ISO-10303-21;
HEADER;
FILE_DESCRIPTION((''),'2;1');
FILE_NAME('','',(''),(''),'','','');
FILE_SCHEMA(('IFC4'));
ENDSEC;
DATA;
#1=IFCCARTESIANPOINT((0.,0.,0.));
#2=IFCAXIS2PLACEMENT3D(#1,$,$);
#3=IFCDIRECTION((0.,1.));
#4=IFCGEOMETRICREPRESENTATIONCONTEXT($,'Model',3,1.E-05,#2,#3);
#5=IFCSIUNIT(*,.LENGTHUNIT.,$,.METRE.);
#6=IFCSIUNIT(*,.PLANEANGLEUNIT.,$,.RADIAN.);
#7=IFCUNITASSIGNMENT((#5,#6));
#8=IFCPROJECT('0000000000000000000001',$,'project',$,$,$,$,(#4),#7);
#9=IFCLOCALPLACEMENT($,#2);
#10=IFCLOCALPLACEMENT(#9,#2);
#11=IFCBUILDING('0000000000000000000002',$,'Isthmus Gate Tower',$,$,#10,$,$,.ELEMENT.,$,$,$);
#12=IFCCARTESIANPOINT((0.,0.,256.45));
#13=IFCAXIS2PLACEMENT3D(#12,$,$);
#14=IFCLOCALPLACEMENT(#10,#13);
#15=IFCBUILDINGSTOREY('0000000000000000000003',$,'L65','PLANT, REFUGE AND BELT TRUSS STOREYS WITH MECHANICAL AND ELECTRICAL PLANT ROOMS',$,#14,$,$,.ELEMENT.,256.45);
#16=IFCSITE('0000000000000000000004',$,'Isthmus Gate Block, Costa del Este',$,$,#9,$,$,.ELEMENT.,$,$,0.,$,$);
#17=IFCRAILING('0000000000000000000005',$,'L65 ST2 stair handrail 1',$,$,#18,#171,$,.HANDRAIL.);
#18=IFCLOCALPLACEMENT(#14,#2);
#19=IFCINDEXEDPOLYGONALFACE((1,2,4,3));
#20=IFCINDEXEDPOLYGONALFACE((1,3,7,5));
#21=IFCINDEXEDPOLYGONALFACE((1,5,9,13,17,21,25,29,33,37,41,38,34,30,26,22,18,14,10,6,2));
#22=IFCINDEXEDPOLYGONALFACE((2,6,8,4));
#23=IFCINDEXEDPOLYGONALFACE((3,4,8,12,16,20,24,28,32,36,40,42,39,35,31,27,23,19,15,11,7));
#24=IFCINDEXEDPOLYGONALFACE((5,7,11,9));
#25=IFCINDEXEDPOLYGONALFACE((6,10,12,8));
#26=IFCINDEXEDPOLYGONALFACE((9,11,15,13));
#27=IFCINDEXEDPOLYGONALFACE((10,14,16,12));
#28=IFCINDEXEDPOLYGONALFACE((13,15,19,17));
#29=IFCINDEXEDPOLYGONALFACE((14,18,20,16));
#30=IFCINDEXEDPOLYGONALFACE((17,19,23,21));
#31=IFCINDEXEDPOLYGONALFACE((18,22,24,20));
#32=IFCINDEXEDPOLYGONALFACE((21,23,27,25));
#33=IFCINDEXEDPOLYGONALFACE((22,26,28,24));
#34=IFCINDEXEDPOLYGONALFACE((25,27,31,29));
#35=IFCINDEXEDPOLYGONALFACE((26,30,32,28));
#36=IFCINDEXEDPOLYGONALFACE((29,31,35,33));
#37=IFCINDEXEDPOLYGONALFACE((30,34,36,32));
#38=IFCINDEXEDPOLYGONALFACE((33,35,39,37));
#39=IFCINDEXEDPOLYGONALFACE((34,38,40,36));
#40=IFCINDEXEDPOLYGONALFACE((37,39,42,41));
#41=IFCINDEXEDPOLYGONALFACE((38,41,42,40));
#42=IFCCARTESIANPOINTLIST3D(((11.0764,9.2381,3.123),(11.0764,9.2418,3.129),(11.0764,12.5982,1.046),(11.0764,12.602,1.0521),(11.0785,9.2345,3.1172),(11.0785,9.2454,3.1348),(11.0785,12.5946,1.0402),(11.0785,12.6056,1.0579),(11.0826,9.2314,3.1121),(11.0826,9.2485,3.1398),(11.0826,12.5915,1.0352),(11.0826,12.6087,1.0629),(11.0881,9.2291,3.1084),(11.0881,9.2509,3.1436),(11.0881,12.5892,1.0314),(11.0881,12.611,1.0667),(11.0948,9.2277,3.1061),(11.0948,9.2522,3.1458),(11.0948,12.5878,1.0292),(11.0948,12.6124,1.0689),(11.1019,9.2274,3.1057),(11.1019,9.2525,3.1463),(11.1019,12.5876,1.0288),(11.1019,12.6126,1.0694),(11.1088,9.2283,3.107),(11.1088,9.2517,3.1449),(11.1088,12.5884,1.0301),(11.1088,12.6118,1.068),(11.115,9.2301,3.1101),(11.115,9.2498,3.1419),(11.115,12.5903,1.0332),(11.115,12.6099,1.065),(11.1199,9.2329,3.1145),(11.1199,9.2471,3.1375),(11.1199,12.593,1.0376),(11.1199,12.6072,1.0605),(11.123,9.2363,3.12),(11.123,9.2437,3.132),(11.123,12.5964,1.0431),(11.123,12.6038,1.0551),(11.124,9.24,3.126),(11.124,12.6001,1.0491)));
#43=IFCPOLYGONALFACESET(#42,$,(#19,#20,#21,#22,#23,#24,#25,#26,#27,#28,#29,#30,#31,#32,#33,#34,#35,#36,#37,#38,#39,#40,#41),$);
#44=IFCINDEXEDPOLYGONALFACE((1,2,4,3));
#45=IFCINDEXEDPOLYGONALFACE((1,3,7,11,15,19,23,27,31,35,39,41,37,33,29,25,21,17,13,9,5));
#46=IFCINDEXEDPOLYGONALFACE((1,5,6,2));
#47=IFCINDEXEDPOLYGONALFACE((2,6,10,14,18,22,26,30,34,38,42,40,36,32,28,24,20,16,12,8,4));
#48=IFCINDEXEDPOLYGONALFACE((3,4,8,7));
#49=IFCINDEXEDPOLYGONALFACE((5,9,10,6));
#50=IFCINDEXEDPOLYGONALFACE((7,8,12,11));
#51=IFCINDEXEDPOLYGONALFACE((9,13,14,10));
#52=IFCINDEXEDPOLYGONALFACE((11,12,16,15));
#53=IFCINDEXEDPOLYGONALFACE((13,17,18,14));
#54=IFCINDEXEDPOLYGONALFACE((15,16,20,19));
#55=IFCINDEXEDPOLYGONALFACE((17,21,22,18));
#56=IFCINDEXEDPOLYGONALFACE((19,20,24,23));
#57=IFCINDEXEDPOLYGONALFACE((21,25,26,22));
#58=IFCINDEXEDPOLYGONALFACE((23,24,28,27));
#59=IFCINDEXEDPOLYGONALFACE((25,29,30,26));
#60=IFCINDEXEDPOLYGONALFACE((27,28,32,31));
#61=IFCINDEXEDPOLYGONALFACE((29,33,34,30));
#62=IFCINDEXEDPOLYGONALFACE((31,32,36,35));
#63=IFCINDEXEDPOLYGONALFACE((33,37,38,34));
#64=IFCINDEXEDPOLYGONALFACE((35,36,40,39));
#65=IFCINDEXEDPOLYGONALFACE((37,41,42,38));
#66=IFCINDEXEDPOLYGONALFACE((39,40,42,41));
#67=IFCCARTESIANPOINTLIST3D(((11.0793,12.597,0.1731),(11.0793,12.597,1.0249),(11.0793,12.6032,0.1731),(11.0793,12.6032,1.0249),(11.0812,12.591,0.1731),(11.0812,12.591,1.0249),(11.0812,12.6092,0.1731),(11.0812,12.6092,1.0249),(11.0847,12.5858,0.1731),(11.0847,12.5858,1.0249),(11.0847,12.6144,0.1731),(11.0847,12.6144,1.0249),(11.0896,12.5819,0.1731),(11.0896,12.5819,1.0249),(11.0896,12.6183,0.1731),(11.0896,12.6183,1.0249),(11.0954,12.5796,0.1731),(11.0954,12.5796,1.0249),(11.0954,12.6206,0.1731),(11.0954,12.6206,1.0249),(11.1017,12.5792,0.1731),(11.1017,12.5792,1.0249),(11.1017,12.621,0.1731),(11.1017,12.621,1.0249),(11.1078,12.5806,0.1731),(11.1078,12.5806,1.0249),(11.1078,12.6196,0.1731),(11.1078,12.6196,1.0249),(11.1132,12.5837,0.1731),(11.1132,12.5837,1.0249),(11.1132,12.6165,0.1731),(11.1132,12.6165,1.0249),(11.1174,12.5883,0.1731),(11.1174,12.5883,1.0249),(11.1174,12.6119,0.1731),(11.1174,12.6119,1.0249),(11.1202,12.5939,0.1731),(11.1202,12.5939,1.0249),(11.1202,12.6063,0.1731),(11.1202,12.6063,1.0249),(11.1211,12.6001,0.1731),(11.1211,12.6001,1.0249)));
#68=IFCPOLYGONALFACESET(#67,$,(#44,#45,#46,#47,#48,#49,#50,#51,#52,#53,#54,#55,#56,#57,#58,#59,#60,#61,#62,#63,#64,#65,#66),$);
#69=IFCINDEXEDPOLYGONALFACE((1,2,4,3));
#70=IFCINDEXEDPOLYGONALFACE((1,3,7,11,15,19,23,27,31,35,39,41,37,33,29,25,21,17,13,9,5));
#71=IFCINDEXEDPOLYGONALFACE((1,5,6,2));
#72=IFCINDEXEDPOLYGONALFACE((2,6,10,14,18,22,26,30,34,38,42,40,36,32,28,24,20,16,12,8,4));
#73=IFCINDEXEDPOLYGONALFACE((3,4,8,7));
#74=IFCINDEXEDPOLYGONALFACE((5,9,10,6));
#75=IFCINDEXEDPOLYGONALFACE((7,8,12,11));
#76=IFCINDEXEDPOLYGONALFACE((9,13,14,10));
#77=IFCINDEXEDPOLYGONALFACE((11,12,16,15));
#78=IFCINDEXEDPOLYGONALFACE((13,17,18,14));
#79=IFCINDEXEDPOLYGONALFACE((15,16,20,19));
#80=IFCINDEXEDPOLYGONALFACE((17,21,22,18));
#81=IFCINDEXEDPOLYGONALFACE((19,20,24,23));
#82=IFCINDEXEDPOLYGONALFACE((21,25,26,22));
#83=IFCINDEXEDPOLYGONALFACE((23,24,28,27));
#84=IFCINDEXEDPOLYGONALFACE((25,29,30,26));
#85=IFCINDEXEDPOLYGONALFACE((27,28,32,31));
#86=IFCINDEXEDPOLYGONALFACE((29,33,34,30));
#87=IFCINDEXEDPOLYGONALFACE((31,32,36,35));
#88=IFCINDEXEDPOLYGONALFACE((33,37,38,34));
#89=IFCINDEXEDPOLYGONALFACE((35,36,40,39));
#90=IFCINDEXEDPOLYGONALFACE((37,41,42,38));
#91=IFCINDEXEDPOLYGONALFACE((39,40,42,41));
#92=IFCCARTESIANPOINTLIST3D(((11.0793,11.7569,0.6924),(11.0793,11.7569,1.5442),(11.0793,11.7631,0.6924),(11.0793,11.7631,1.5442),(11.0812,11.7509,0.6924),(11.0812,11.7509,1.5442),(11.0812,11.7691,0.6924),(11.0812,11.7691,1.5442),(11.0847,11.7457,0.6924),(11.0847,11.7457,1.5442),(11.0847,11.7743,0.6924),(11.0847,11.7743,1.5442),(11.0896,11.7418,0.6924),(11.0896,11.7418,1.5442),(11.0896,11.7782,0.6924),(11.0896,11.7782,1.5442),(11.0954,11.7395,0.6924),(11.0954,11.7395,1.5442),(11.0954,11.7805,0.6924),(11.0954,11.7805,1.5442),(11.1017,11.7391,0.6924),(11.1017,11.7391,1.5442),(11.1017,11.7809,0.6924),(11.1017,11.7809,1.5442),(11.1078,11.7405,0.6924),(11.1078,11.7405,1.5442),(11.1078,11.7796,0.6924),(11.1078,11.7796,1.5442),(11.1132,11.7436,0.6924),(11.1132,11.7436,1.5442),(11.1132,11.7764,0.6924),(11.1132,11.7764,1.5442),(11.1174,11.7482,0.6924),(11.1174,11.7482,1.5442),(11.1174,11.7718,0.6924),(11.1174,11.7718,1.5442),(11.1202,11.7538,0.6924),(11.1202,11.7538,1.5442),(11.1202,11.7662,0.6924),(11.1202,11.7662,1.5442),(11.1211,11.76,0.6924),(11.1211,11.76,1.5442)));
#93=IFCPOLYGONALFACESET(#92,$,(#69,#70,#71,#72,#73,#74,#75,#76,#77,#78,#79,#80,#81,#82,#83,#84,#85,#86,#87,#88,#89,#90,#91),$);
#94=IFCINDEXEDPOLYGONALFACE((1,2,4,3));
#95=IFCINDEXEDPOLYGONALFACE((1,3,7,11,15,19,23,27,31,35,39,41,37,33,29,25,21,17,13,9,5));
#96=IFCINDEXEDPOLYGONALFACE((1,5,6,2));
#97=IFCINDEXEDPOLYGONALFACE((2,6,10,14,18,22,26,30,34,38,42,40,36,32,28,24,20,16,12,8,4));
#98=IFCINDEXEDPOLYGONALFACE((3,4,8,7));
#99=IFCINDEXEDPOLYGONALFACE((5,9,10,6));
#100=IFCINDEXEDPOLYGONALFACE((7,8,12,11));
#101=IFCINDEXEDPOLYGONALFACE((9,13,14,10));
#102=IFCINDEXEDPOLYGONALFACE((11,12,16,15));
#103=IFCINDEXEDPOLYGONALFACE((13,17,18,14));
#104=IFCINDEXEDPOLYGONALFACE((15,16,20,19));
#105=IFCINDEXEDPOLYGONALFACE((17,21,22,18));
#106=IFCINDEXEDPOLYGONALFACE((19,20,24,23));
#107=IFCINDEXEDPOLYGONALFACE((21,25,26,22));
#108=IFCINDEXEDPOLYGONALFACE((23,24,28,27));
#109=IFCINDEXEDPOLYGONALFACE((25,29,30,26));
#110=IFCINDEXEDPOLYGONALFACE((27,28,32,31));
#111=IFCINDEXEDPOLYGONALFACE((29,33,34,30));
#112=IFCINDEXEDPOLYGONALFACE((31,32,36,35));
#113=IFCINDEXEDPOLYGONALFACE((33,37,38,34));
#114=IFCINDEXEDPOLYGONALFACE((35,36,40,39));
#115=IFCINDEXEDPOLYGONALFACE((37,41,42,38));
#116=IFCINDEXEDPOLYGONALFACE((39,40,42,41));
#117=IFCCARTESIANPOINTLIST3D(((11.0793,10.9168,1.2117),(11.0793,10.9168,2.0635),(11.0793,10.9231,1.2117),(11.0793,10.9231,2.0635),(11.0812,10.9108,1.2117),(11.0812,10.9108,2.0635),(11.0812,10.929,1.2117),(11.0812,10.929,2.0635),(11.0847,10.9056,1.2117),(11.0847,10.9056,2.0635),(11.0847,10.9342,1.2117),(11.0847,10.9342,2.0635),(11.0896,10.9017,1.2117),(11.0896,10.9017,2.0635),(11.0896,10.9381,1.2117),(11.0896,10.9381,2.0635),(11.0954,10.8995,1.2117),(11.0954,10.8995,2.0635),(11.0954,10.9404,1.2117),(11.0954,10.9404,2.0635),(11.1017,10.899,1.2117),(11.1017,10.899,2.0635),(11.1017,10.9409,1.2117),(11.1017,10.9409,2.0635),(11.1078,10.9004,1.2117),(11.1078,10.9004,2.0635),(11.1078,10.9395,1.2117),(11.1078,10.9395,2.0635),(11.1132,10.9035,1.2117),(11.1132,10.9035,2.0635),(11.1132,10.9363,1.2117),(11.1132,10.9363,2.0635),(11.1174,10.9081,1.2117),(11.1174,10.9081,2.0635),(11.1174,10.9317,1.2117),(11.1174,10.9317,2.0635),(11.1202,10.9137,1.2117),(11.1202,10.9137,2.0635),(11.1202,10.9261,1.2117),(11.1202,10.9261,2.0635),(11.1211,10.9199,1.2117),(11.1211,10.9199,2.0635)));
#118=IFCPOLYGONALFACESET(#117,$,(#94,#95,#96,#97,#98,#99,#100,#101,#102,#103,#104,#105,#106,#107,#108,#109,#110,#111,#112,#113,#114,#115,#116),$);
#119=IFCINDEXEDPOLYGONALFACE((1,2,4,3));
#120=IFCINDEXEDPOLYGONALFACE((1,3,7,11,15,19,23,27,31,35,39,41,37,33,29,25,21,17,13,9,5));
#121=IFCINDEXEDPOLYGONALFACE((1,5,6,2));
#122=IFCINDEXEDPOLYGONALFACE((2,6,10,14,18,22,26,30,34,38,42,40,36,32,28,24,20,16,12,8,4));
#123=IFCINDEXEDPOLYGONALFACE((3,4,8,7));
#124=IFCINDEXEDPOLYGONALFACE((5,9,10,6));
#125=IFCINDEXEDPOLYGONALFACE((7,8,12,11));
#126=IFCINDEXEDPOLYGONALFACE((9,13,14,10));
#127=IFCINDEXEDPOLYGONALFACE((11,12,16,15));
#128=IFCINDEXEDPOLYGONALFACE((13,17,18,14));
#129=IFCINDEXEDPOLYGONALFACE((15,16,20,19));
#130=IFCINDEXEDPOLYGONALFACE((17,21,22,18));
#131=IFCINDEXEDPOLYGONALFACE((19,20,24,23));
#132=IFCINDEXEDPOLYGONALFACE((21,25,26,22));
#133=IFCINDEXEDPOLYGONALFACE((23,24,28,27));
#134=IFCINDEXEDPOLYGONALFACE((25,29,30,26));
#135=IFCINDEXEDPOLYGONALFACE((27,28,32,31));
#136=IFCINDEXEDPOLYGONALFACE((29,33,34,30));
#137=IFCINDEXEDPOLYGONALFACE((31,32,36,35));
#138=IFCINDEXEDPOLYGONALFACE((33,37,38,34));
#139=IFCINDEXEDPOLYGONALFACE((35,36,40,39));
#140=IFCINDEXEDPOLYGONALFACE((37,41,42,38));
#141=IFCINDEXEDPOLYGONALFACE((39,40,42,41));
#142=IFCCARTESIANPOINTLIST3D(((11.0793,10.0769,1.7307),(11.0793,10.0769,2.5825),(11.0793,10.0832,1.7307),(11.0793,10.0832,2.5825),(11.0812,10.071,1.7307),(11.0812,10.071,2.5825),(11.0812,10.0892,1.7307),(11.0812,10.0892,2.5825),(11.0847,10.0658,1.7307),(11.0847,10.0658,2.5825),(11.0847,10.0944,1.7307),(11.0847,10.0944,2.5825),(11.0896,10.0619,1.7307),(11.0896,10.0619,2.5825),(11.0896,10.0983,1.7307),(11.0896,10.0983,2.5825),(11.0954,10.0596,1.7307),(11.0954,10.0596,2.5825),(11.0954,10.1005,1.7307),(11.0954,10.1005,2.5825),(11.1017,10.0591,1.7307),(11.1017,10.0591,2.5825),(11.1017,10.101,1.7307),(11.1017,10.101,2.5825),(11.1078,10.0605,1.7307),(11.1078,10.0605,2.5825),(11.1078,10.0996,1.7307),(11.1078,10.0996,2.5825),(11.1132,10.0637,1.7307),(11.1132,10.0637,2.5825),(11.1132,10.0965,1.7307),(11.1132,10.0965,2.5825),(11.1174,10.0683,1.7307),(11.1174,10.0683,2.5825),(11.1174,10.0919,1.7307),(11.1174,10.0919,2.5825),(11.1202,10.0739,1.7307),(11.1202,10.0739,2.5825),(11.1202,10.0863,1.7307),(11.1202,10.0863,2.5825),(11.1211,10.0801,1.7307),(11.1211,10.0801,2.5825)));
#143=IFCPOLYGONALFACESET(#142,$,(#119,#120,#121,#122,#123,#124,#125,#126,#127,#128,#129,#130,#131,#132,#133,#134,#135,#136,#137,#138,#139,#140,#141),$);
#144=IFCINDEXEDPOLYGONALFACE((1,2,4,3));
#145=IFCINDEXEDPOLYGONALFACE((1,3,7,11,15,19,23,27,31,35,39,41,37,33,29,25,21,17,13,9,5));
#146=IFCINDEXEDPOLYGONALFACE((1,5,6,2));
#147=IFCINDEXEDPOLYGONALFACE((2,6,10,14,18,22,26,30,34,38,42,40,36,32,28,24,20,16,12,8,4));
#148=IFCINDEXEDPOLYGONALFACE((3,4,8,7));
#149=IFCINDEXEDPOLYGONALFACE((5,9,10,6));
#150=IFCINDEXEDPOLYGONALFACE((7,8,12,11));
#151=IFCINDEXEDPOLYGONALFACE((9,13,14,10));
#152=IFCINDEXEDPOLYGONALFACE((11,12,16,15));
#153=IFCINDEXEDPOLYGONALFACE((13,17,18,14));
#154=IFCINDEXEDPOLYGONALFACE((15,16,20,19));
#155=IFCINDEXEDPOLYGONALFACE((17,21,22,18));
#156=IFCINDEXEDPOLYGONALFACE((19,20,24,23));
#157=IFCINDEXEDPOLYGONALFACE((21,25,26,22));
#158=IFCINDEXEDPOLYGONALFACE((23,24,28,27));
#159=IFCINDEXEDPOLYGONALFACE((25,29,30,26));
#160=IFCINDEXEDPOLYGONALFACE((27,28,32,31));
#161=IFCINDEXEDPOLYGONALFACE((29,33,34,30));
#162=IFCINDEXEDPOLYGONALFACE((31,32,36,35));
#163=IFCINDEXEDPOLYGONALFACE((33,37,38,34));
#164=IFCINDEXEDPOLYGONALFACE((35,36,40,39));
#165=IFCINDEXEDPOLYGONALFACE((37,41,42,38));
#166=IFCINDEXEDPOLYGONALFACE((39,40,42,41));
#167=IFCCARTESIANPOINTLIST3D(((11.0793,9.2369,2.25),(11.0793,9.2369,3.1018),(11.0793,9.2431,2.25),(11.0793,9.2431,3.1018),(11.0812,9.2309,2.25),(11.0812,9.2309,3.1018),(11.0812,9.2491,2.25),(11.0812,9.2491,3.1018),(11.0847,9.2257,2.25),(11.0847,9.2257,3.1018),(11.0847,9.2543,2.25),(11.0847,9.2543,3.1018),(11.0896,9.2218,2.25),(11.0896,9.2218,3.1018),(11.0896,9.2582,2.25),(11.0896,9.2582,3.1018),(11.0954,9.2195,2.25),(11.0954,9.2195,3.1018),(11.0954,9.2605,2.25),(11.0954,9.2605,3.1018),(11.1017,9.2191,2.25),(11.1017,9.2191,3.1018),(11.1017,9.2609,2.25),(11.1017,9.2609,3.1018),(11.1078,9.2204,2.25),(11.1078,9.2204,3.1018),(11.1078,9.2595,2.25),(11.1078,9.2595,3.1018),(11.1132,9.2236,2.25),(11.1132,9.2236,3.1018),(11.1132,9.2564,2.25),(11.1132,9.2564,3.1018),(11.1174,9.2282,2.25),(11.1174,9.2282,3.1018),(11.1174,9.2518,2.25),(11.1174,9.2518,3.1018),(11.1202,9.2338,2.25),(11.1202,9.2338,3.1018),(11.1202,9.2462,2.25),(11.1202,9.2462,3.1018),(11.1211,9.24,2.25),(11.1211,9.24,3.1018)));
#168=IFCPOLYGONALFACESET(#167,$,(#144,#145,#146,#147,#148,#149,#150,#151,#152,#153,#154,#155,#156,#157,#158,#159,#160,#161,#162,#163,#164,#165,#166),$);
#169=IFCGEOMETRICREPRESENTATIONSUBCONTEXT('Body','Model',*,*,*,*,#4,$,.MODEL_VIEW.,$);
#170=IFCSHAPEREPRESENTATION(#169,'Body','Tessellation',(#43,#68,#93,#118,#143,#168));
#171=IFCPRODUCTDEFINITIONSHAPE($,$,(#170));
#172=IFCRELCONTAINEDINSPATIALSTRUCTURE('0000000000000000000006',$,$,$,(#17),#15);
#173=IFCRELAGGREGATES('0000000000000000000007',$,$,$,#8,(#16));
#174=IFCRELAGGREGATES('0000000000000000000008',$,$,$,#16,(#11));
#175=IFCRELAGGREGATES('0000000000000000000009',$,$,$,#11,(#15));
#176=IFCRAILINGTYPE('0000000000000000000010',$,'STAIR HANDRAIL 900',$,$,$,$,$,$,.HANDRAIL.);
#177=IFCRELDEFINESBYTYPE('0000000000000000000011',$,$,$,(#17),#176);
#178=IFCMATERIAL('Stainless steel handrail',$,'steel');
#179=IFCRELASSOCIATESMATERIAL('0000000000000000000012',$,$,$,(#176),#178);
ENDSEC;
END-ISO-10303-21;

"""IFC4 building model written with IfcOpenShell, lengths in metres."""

from ifc_helpers import new_model, si_unit, direction, frame, origin, origin_2d, place, context, subcontext, project, spatial, circle, extrude, material, type_object, element, save


model = new_model("IFC4")

# Units and contexts
model_context = context("Model", 3, precision=1e-05, world=origin(), true_north=direction((0.0, 1.0)))
body_context = subcontext(model_context, "Body", "Model", "MODEL_VIEW")
ifc_project = project(units=[si_unit("LENGTHUNIT", "METRE"), si_unit("PLANEANGLEUNIT", "RADIAN")], contexts=[model_context])

# Site, building, storey
site_placement = place(None, origin())
site = spatial("IfcSite", under=ifc_project, at=site_placement, Name="Isthmus Gate Block, Costa del Este", CompositionType="ELEMENT", RefElevation=0.0)
building_placement = place(site_placement, origin())
building = spatial("IfcBuilding", under=site, at=building_placement, Name="Isthmus Gate Tower", CompositionType="ELEMENT")
storey_placement = place(building_placement, frame((0.0, 0.0, 256.45)))
storey = spatial("IfcBuildingStorey", under=building, at=storey_placement, Name="L65", Description="PLANT, REFUGE AND BELT TRUSS STOREYS WITH MECHANICAL AND ELECTRICAL PLANT ROOMS", CompositionType="ELEMENT", Elevation=256.45)

# Railing
ifc_material_1 = material(Name="Stainless steel handrail", Category="steel")
railing_type_1 = type_object("IfcRailingType", Name="STAIR HANDRAIL 900", PredefinedType="HANDRAIL", material=ifc_material_1)
railing_1_placement = place(storey_placement, frame((11.1001, 12.6001, 0.1731)))
element("IfcRailing", 1, at=railing_1_placement, inside=storey, type_object=railing_type_1, Name="L65 ST2 stair handrail 1", PredefinedType="HANDRAIL", context=body_context, shape_type="SweptSolid", body=[
    extrude(circle(Radius=0.0239, at=origin_2d()), frame((0.0, 0.0, 0.876), z_axis=(0.0, -0.850623, 0.525776), x_axis=(1.0, 0.0, 0.0)), (0.0, 0.0, 1.0), 3.9502),
    extrude(circle(Radius=0.021, at=origin_2d()), origin(), (0.0, 0.0, 1.0), 0.8518),
    extrude(circle(Radius=0.021, at=origin_2d()), frame((0.0, -0.8401, 0.5193)), (0.0, 0.0, 1.0), 0.8518),
    extrude(circle(Radius=0.021, at=origin_2d()), frame((0.0, -1.6802, 1.0386)), (0.0, 0.0, 1.0), 0.8518),
    extrude(circle(Radius=0.021, at=origin_2d()), frame((0.0, -2.52, 1.5576)), (0.0, 0.0, 1.0), 0.8518),
    extrude(circle(Radius=0.021, at=origin_2d()), frame((0.0, -3.3601, 2.0769)), (0.0, 0.0, 1.0), 0.8518),
])

save(model, "model.ifc")
